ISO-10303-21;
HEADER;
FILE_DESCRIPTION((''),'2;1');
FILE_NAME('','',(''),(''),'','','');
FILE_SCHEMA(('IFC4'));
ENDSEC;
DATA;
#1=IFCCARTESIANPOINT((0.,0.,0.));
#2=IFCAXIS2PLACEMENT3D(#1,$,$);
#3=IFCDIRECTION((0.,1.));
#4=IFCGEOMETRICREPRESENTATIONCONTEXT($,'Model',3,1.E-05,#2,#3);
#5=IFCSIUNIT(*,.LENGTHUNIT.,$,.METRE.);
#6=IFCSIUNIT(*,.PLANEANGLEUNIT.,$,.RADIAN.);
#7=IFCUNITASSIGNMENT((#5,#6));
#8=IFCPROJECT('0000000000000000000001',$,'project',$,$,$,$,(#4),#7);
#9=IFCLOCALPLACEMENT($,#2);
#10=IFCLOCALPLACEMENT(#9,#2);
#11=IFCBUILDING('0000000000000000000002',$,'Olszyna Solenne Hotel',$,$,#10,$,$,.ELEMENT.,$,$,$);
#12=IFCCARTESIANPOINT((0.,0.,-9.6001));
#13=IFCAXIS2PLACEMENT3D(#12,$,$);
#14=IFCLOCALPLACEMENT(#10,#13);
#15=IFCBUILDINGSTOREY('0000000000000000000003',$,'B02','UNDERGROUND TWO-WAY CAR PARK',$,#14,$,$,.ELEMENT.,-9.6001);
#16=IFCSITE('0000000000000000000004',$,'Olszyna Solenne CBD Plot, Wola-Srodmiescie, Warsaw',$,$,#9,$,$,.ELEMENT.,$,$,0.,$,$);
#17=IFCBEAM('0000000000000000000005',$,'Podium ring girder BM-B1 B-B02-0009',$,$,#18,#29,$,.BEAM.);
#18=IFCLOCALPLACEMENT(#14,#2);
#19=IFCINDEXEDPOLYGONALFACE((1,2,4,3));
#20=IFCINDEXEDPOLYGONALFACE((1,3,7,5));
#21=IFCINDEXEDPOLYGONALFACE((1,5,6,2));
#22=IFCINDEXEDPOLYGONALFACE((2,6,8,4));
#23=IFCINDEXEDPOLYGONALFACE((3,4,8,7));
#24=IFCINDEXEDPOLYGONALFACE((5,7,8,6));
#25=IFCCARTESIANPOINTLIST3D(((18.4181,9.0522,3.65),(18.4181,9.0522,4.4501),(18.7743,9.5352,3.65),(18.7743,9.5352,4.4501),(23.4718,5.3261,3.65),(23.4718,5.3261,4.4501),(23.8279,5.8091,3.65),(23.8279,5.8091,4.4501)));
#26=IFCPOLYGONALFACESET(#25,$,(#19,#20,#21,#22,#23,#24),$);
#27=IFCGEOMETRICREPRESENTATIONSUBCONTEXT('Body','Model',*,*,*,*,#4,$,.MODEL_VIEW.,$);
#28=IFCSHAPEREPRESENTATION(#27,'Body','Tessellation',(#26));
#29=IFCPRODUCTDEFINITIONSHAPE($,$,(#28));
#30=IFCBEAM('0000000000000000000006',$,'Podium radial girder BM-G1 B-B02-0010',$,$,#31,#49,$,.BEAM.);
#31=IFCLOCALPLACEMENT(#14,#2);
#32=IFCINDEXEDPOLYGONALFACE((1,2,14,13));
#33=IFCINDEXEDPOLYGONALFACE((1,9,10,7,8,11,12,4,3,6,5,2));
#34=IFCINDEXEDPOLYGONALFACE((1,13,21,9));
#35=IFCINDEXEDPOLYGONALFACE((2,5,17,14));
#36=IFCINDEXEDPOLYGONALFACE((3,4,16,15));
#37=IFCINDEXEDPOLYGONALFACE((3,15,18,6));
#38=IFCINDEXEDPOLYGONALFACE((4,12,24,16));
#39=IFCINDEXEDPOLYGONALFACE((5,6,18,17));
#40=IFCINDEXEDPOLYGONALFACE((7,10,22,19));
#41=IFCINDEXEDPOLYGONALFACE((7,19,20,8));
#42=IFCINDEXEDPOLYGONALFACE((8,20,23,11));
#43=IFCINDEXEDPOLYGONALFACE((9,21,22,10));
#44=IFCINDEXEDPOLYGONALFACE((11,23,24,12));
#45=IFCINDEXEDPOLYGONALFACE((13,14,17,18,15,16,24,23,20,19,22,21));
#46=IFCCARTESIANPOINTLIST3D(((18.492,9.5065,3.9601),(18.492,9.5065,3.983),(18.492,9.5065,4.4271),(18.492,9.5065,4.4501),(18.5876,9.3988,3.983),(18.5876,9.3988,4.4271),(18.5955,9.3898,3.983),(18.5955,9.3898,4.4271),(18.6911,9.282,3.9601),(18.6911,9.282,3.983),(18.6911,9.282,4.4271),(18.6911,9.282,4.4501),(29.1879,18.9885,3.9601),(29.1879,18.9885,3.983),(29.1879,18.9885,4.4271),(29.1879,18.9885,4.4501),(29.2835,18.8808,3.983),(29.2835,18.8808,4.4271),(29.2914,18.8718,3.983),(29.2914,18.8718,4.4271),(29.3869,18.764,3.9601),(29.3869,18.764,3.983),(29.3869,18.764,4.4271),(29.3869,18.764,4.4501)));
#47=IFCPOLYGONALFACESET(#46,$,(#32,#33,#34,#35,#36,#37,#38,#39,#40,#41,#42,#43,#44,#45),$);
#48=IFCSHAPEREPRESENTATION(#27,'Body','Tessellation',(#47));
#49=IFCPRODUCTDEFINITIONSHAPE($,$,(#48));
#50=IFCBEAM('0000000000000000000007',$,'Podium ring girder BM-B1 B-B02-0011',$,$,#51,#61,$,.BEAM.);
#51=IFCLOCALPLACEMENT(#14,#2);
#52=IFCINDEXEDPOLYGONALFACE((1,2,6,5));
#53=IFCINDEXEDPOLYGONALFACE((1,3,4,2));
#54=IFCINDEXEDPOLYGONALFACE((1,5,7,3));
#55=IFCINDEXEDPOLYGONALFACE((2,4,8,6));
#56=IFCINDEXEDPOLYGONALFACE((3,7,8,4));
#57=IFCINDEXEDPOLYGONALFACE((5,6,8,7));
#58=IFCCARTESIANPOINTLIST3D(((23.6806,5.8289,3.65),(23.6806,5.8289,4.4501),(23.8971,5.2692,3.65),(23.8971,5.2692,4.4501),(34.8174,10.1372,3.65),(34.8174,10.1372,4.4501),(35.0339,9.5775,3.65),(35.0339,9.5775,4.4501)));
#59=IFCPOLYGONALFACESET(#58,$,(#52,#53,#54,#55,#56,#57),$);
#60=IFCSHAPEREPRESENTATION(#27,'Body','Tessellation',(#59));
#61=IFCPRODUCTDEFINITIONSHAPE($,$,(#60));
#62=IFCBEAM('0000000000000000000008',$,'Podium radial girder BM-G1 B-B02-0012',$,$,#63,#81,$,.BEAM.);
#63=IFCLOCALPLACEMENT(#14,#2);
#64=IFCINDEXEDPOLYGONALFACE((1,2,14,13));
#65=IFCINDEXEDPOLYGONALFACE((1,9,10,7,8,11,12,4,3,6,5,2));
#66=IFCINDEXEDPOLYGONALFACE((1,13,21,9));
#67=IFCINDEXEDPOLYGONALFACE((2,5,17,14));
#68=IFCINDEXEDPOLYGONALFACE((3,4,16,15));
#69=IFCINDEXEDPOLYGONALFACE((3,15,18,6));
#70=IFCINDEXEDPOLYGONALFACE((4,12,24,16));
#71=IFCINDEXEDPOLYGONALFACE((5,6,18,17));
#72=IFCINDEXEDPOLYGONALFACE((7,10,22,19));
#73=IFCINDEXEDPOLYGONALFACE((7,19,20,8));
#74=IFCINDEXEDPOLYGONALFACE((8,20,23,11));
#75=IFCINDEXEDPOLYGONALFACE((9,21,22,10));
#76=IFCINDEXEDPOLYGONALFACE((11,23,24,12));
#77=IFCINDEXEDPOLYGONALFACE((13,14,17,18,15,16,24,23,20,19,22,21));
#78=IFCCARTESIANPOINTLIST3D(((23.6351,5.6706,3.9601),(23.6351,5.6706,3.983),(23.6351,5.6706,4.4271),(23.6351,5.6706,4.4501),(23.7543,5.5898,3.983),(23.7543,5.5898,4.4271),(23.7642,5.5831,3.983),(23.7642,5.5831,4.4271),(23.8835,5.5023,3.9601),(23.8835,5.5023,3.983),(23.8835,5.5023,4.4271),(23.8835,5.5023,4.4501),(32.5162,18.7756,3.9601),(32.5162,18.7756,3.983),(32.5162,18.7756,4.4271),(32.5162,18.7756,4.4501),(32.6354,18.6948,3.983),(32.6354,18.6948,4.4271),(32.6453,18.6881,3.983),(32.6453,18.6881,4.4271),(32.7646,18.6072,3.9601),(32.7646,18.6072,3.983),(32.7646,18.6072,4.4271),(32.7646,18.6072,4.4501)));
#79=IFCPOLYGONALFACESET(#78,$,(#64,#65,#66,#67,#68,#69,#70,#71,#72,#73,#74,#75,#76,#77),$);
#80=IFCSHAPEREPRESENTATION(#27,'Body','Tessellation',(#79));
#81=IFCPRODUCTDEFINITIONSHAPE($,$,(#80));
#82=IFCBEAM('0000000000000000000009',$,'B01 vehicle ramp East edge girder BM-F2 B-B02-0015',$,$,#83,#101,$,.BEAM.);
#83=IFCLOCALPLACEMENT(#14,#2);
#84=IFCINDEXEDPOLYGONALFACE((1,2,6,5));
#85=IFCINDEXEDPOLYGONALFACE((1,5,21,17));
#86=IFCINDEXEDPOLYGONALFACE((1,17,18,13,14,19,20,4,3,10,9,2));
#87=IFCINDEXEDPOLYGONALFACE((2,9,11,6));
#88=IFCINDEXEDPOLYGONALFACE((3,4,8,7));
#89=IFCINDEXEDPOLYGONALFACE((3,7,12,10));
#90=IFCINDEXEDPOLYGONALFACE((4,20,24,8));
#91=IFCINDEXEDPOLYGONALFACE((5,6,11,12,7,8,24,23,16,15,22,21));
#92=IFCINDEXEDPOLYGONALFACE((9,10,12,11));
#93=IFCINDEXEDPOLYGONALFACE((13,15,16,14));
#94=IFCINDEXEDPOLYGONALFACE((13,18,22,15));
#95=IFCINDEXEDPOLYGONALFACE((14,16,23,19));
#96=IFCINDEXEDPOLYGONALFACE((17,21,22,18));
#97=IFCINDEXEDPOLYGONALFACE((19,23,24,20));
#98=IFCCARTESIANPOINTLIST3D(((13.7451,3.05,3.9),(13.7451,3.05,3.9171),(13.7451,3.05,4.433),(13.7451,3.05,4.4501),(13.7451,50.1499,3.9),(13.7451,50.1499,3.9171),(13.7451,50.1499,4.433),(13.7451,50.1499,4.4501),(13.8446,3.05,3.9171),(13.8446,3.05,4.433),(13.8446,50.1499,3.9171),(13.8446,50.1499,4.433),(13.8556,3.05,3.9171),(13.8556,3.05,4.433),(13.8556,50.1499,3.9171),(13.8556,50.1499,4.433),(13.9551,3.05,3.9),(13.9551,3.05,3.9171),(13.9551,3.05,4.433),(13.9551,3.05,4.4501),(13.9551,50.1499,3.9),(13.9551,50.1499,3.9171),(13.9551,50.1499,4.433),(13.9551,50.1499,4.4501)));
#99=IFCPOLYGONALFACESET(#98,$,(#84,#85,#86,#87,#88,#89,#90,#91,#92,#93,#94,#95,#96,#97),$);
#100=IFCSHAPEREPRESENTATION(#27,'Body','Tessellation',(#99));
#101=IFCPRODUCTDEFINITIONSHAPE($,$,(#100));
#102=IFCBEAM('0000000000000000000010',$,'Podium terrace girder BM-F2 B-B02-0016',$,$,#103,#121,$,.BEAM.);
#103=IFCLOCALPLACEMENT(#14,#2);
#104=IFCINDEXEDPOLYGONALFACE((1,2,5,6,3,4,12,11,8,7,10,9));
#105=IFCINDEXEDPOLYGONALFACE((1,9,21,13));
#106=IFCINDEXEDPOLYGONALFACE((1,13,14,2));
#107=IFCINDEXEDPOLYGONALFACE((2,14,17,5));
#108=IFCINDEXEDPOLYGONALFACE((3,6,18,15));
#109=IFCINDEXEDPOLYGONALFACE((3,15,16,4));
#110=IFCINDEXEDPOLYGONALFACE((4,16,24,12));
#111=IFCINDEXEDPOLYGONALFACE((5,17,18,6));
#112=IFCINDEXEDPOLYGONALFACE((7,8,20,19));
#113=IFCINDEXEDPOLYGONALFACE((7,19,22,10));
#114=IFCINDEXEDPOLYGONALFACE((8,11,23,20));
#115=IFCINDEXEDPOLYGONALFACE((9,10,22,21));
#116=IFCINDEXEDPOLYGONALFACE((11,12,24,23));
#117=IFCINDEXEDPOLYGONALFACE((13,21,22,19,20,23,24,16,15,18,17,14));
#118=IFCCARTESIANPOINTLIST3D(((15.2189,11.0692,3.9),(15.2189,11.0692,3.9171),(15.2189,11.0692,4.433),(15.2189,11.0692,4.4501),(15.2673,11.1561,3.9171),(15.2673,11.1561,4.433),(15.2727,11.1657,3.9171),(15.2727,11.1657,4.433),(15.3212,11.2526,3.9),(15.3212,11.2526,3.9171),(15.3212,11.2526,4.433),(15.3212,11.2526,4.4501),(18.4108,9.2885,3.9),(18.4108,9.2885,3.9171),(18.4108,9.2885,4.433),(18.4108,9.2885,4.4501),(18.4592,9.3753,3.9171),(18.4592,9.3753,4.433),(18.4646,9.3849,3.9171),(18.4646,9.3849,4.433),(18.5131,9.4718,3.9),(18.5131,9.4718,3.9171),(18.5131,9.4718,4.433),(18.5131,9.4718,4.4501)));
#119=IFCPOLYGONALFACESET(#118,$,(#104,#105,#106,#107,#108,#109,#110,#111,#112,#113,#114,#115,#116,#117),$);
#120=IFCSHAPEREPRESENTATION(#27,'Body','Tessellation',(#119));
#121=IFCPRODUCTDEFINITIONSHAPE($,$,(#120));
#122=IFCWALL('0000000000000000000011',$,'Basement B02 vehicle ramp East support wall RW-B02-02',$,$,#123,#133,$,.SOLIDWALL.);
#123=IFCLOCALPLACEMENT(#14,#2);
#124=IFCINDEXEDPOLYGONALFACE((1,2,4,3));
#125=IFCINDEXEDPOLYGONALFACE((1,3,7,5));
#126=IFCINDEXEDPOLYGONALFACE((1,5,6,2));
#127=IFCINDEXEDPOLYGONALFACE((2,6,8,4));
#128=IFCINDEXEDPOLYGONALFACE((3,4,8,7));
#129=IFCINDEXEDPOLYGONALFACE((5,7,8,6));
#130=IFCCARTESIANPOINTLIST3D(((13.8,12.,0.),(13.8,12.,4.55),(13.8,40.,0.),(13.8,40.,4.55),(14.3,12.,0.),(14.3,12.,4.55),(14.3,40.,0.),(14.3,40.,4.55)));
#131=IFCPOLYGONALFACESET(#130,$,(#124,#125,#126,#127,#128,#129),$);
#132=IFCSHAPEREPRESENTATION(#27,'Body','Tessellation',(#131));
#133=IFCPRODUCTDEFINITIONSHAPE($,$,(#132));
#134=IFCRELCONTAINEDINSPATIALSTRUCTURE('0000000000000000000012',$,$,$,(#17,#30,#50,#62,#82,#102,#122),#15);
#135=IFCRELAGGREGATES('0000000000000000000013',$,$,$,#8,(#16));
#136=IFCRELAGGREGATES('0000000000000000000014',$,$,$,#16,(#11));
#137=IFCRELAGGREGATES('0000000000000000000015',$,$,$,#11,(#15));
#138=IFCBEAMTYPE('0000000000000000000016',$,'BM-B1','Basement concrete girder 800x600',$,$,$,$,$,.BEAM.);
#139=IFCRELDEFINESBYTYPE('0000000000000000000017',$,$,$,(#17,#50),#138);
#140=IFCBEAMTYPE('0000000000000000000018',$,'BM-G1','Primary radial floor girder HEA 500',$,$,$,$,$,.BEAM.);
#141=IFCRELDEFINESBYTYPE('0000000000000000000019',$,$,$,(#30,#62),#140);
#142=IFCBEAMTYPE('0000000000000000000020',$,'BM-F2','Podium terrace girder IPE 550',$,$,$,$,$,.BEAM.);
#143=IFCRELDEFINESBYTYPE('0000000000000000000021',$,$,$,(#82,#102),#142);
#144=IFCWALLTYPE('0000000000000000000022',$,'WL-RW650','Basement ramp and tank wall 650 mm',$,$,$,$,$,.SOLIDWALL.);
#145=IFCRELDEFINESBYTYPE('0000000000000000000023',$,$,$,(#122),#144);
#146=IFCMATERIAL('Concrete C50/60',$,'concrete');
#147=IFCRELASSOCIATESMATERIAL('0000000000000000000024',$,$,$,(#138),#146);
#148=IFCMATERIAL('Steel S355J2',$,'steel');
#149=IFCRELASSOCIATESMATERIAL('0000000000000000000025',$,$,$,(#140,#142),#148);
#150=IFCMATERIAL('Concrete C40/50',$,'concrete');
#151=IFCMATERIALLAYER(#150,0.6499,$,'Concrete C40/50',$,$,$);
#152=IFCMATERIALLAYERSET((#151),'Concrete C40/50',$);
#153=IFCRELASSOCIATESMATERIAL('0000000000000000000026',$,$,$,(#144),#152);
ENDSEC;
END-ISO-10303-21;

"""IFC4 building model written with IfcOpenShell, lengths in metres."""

from ifc_helpers import new_model, si_unit, direction, frame, frame_2d, origin, origin_2d, place, context, subcontext, project, spatial, rectangle, i_section, extrude, source, transform, mapped, material, layer, layer_set, material_profile, profile_set, type_object, element, save


model = new_model("IFC4")

# Units and contexts
model_context = context("Model", 3, precision=1e-05, world=origin(), true_north=direction((0.0, 1.0)))
body_context = subcontext(model_context, "Body", "Model", "MODEL_VIEW")
ifc_project = project(units=[si_unit("LENGTHUNIT", "METRE"), si_unit("PLANEANGLEUNIT", "RADIAN")], contexts=[model_context])

# Site, building, storey
site_placement = place(None, origin())
site = spatial("IfcSite", under=ifc_project, at=site_placement, Name="Olszyna Solenne CBD Plot, Wola-Srodmiescie, Warsaw", CompositionType="ELEMENT", RefElevation=0.0)
building_placement = place(site_placement, origin())
building = spatial("IfcBuilding", under=site, at=building_placement, Name="Olszyna Solenne Hotel", CompositionType="ELEMENT")
storey_placement = place(building_placement, frame((0.0, 0.0, -9.6001)))
storey = spatial("IfcBuildingStorey", under=building, at=storey_placement, Name="B02", Description="UNDERGROUND TWO-WAY CAR PARK", CompositionType="ELEMENT", Elevation=-9.6001)

# Shared definitions
ifc_material_1 = material(Name="Concrete C40/50", Category="concrete")

# Shared definitions
ifc_material_2 = material(Name="Concrete C50/60", Category="concrete")

# Beams
ifc_material_profile_1 = material_profile(ifc_material_2, rectangle(XDim=0.6001, YDim=0.8, at=origin_2d()), Name="RC 800x600", Category="load-bearing")
ifc_profile_set_1 = profile_set([ifc_material_profile_1], Name="Concrete C50/60")
beam_type_1 = type_object("IfcBeamType", Name="BM-B1", Description="Basement concrete girder 800x600", PredefinedType="BEAM", material=ifc_profile_set_1)
shared_shape_1 = source(origin(), body_context, "Body", "SweptSolid", [
    extrude(rectangle(XDim=0.6001, YDim=0.8, at=origin_2d()), origin(), (0.0, 0.0, 1.0), 6.2788),
])
beam_1_placement = place(storey_placement, frame((18.5962, 9.2937, 4.05), z_axis=(0.804882, -0.593435, 0.0), x_axis=(0.593435, 0.804882, 0.0)))
element("IfcBeam", 1, at=beam_1_placement, inside=storey, type_object=beam_type_1, Name="Podium ring girder BM-B1 B-B02-0009", PredefinedType="BEAM", context=body_context, shape_type="MappedRepresentation", body=[
    mapped(shared_shape_1, transform((0.0, 0.0, 0.0), x_axis=(1.0, 0.0, 0.0), y_axis=(0.0, 1.0, 0.0), z_axis=(0.0, 0.0, 1.0), scale=1.0)),
])
ifc_material_3 = material(Name="Steel S355J2", Category="steel")
ifc_material_profile_2 = material_profile(ifc_material_3, i_section(OverallWidth=0.3, OverallDepth=0.49, WebThickness=0.012, FlangeThickness=0.0229, at=origin_2d()), Name="HEA 500", Category="load-bearing")
ifc_profile_set_2 = profile_set([ifc_material_profile_2], Name="Steel S355J2")
beam_type_2 = type_object("IfcBeamType", Name="BM-G1", Description="Primary radial floor girder HEA 500", PredefinedType="BEAM", material=ifc_profile_set_2)
shared_shape_2 = source(origin(), body_context, "Body", "SweptSolid", [
    extrude(i_section(OverallWidth=0.3, OverallDepth=0.49, WebThickness=0.012, FlangeThickness=0.0229, at=origin_2d()), origin(), (0.0, 0.0, 1.0), 14.2937),
])
beam_2_placement = place(storey_placement, frame((18.5916, 9.3943, 4.2051), z_axis=(0.748293, 0.663369, 0.0), x_axis=(-0.663369, 0.748293, 0.0)))
element("IfcBeam", 2, at=beam_2_placement, inside=storey, type_object=beam_type_2, Name="Podium radial girder BM-G1 B-B02-0010", PredefinedType="BEAM", context=body_context, shape_type="MappedRepresentation", body=[
    mapped(shared_shape_2, transform((0.0, 0.0, 0.0), x_axis=(1.0, 0.0, 0.0), y_axis=(0.0, 1.0, 0.0), z_axis=(0.0, 0.0, 1.0), scale=1.0)),
])
shared_shape_3 = source(origin(), body_context, "Body", "SweptSolid", [
    extrude(rectangle(XDim=0.6001, YDim=0.8, at=origin_2d()), origin(), (0.0, 0.0, 1.0), 11.9412),
])
beam_3_placement = place(storey_placement, frame((23.7888, 5.5491, 4.05), z_axis=(0.932645, 0.360795, 0.0), x_axis=(-0.360795, 0.932645, 0.0)))
element("IfcBeam", 3, at=beam_3_placement, inside=storey, type_object=beam_type_1, Name="Podium ring girder BM-B1 B-B02-0011", PredefinedType="BEAM", context=body_context, shape_type="MappedRepresentation", body=[
    mapped(shared_shape_3, transform((0.0, 0.0, 0.0), x_axis=(1.0, 0.0, 0.0), y_axis=(0.0, 1.0, 0.0), z_axis=(0.0, 0.0, 1.0), scale=1.0)),
])
shared_shape_4 = source(origin(), body_context, "Body", "SweptSolid", [
    extrude(i_section(OverallWidth=0.3, OverallDepth=0.49, WebThickness=0.012, FlangeThickness=0.0229, at=origin_2d()), origin(), (0.0, 0.0, 1.0), 15.8308),
])
beam_4_placement = place(storey_placement, frame((23.7593, 5.5864, 4.2051), z_axis=(0.561001, 0.827815, 0.0), x_axis=(-0.827815, 0.561001, 0.0)))
element("IfcBeam", 4, at=beam_4_placement, inside=storey, type_object=beam_type_2, Name="Podium radial girder BM-G1 B-B02-0012", PredefinedType="BEAM", context=body_context, shape_type="MappedRepresentation", body=[
    mapped(shared_shape_4, transform((0.0, 0.0, 0.0), x_axis=(1.0, 0.0, 0.0), y_axis=(0.0, 1.0, 0.0), z_axis=(0.0, 0.0, 1.0), scale=1.0)),
])
ifc_material_profile_3 = material_profile(ifc_material_3, i_section(OverallWidth=0.21, OverallDepth=0.55, WebThickness=0.011, FlangeThickness=0.0171, at=origin_2d()), Name="IPE 550", Category="load-bearing")
ifc_profile_set_3 = profile_set([ifc_material_profile_3], Name="Steel S355J2")
beam_type_3 = type_object("IfcBeamType", Name="BM-F2", Description="Podium terrace girder IPE 550", PredefinedType="BEAM", material=ifc_profile_set_3)
shared_shape_5 = source(origin(), body_context, "Body", "SweptSolid", [
    extrude(i_section(OverallWidth=0.21, OverallDepth=0.55, WebThickness=0.011, FlangeThickness=0.0171, at=origin_2d()), origin(), (0.0, 0.0, 1.0), 47.0999),
])
beam_5_placement = place(storey_placement, frame((13.8501, 3.05, 4.175), z_axis=(0.0, 1.0, 0.0), x_axis=(-1.0, 0.0, 0.0)))
element("IfcBeam", 5, at=beam_5_placement, inside=storey, type_object=beam_type_3, Name="B01 vehicle ramp East edge girder BM-F2 B-B02-0015", PredefinedType="BEAM", context=body_context, shape_type="MappedRepresentation", body=[
    mapped(shared_shape_5, transform((0.0, 0.0, 0.0), x_axis=(1.0, 0.0, 0.0), y_axis=(0.0, 1.0, 0.0), z_axis=(0.0, 0.0, 1.0), scale=1.0)),
])
shared_shape_6 = source(origin(), body_context, "Body", "SweptSolid", [
    extrude(i_section(OverallWidth=0.21, OverallDepth=0.55, WebThickness=0.011, FlangeThickness=0.0171, at=origin_2d()), origin(), (0.0, 0.0, 1.0), 3.655),
])
beam_6_placement = place(storey_placement, frame((15.27, 11.1609, 4.175), z_axis=(0.873286, -0.487207, 0.0), x_axis=(0.487207, 0.873286, 0.0)))
element("IfcBeam", 6, at=beam_6_placement, inside=storey, type_object=beam_type_3, Name="Podium terrace girder BM-F2 B-B02-0016", PredefinedType="BEAM", context=body_context, shape_type="MappedRepresentation", body=[
    mapped(shared_shape_6, transform((0.0, 0.0, 0.0), x_axis=(1.0, 0.0, 0.0), y_axis=(0.0, 1.0, 0.0), z_axis=(0.0, 0.0, 1.0), scale=1.0)),
])

# Wall
ifc_layer = layer(ifc_material_1, 0.6499, Name="Concrete C40/50")
ifc_layer_set = layer_set([ifc_layer], Name="Concrete C40/50")
wall_type = type_object("IfcWallType", Name="WL-RW650", Description="Basement ramp and tank wall 650 mm", PredefinedType="SOLIDWALL", material=ifc_layer_set)
wall_placement = place(storey_placement, frame((14.05, 12.0, 0.0), z_axis=(0.0, 0.0, 1.0), x_axis=(0.0, 1.0, 0.0)))
element("IfcWall", 7, at=wall_placement, inside=storey, type_object=wall_type, Name="Basement B02 vehicle ramp East support wall RW-B02-02", PredefinedType="SOLIDWALL", context=body_context, shape_type="SweptSolid", body=[
    extrude(rectangle(XDim=28.0, YDim=0.5, at=frame_2d((14.0, 0.0))), origin(), (0.0, 0.0, 1.0), 4.55),
])

save(model, "model.ifc")
